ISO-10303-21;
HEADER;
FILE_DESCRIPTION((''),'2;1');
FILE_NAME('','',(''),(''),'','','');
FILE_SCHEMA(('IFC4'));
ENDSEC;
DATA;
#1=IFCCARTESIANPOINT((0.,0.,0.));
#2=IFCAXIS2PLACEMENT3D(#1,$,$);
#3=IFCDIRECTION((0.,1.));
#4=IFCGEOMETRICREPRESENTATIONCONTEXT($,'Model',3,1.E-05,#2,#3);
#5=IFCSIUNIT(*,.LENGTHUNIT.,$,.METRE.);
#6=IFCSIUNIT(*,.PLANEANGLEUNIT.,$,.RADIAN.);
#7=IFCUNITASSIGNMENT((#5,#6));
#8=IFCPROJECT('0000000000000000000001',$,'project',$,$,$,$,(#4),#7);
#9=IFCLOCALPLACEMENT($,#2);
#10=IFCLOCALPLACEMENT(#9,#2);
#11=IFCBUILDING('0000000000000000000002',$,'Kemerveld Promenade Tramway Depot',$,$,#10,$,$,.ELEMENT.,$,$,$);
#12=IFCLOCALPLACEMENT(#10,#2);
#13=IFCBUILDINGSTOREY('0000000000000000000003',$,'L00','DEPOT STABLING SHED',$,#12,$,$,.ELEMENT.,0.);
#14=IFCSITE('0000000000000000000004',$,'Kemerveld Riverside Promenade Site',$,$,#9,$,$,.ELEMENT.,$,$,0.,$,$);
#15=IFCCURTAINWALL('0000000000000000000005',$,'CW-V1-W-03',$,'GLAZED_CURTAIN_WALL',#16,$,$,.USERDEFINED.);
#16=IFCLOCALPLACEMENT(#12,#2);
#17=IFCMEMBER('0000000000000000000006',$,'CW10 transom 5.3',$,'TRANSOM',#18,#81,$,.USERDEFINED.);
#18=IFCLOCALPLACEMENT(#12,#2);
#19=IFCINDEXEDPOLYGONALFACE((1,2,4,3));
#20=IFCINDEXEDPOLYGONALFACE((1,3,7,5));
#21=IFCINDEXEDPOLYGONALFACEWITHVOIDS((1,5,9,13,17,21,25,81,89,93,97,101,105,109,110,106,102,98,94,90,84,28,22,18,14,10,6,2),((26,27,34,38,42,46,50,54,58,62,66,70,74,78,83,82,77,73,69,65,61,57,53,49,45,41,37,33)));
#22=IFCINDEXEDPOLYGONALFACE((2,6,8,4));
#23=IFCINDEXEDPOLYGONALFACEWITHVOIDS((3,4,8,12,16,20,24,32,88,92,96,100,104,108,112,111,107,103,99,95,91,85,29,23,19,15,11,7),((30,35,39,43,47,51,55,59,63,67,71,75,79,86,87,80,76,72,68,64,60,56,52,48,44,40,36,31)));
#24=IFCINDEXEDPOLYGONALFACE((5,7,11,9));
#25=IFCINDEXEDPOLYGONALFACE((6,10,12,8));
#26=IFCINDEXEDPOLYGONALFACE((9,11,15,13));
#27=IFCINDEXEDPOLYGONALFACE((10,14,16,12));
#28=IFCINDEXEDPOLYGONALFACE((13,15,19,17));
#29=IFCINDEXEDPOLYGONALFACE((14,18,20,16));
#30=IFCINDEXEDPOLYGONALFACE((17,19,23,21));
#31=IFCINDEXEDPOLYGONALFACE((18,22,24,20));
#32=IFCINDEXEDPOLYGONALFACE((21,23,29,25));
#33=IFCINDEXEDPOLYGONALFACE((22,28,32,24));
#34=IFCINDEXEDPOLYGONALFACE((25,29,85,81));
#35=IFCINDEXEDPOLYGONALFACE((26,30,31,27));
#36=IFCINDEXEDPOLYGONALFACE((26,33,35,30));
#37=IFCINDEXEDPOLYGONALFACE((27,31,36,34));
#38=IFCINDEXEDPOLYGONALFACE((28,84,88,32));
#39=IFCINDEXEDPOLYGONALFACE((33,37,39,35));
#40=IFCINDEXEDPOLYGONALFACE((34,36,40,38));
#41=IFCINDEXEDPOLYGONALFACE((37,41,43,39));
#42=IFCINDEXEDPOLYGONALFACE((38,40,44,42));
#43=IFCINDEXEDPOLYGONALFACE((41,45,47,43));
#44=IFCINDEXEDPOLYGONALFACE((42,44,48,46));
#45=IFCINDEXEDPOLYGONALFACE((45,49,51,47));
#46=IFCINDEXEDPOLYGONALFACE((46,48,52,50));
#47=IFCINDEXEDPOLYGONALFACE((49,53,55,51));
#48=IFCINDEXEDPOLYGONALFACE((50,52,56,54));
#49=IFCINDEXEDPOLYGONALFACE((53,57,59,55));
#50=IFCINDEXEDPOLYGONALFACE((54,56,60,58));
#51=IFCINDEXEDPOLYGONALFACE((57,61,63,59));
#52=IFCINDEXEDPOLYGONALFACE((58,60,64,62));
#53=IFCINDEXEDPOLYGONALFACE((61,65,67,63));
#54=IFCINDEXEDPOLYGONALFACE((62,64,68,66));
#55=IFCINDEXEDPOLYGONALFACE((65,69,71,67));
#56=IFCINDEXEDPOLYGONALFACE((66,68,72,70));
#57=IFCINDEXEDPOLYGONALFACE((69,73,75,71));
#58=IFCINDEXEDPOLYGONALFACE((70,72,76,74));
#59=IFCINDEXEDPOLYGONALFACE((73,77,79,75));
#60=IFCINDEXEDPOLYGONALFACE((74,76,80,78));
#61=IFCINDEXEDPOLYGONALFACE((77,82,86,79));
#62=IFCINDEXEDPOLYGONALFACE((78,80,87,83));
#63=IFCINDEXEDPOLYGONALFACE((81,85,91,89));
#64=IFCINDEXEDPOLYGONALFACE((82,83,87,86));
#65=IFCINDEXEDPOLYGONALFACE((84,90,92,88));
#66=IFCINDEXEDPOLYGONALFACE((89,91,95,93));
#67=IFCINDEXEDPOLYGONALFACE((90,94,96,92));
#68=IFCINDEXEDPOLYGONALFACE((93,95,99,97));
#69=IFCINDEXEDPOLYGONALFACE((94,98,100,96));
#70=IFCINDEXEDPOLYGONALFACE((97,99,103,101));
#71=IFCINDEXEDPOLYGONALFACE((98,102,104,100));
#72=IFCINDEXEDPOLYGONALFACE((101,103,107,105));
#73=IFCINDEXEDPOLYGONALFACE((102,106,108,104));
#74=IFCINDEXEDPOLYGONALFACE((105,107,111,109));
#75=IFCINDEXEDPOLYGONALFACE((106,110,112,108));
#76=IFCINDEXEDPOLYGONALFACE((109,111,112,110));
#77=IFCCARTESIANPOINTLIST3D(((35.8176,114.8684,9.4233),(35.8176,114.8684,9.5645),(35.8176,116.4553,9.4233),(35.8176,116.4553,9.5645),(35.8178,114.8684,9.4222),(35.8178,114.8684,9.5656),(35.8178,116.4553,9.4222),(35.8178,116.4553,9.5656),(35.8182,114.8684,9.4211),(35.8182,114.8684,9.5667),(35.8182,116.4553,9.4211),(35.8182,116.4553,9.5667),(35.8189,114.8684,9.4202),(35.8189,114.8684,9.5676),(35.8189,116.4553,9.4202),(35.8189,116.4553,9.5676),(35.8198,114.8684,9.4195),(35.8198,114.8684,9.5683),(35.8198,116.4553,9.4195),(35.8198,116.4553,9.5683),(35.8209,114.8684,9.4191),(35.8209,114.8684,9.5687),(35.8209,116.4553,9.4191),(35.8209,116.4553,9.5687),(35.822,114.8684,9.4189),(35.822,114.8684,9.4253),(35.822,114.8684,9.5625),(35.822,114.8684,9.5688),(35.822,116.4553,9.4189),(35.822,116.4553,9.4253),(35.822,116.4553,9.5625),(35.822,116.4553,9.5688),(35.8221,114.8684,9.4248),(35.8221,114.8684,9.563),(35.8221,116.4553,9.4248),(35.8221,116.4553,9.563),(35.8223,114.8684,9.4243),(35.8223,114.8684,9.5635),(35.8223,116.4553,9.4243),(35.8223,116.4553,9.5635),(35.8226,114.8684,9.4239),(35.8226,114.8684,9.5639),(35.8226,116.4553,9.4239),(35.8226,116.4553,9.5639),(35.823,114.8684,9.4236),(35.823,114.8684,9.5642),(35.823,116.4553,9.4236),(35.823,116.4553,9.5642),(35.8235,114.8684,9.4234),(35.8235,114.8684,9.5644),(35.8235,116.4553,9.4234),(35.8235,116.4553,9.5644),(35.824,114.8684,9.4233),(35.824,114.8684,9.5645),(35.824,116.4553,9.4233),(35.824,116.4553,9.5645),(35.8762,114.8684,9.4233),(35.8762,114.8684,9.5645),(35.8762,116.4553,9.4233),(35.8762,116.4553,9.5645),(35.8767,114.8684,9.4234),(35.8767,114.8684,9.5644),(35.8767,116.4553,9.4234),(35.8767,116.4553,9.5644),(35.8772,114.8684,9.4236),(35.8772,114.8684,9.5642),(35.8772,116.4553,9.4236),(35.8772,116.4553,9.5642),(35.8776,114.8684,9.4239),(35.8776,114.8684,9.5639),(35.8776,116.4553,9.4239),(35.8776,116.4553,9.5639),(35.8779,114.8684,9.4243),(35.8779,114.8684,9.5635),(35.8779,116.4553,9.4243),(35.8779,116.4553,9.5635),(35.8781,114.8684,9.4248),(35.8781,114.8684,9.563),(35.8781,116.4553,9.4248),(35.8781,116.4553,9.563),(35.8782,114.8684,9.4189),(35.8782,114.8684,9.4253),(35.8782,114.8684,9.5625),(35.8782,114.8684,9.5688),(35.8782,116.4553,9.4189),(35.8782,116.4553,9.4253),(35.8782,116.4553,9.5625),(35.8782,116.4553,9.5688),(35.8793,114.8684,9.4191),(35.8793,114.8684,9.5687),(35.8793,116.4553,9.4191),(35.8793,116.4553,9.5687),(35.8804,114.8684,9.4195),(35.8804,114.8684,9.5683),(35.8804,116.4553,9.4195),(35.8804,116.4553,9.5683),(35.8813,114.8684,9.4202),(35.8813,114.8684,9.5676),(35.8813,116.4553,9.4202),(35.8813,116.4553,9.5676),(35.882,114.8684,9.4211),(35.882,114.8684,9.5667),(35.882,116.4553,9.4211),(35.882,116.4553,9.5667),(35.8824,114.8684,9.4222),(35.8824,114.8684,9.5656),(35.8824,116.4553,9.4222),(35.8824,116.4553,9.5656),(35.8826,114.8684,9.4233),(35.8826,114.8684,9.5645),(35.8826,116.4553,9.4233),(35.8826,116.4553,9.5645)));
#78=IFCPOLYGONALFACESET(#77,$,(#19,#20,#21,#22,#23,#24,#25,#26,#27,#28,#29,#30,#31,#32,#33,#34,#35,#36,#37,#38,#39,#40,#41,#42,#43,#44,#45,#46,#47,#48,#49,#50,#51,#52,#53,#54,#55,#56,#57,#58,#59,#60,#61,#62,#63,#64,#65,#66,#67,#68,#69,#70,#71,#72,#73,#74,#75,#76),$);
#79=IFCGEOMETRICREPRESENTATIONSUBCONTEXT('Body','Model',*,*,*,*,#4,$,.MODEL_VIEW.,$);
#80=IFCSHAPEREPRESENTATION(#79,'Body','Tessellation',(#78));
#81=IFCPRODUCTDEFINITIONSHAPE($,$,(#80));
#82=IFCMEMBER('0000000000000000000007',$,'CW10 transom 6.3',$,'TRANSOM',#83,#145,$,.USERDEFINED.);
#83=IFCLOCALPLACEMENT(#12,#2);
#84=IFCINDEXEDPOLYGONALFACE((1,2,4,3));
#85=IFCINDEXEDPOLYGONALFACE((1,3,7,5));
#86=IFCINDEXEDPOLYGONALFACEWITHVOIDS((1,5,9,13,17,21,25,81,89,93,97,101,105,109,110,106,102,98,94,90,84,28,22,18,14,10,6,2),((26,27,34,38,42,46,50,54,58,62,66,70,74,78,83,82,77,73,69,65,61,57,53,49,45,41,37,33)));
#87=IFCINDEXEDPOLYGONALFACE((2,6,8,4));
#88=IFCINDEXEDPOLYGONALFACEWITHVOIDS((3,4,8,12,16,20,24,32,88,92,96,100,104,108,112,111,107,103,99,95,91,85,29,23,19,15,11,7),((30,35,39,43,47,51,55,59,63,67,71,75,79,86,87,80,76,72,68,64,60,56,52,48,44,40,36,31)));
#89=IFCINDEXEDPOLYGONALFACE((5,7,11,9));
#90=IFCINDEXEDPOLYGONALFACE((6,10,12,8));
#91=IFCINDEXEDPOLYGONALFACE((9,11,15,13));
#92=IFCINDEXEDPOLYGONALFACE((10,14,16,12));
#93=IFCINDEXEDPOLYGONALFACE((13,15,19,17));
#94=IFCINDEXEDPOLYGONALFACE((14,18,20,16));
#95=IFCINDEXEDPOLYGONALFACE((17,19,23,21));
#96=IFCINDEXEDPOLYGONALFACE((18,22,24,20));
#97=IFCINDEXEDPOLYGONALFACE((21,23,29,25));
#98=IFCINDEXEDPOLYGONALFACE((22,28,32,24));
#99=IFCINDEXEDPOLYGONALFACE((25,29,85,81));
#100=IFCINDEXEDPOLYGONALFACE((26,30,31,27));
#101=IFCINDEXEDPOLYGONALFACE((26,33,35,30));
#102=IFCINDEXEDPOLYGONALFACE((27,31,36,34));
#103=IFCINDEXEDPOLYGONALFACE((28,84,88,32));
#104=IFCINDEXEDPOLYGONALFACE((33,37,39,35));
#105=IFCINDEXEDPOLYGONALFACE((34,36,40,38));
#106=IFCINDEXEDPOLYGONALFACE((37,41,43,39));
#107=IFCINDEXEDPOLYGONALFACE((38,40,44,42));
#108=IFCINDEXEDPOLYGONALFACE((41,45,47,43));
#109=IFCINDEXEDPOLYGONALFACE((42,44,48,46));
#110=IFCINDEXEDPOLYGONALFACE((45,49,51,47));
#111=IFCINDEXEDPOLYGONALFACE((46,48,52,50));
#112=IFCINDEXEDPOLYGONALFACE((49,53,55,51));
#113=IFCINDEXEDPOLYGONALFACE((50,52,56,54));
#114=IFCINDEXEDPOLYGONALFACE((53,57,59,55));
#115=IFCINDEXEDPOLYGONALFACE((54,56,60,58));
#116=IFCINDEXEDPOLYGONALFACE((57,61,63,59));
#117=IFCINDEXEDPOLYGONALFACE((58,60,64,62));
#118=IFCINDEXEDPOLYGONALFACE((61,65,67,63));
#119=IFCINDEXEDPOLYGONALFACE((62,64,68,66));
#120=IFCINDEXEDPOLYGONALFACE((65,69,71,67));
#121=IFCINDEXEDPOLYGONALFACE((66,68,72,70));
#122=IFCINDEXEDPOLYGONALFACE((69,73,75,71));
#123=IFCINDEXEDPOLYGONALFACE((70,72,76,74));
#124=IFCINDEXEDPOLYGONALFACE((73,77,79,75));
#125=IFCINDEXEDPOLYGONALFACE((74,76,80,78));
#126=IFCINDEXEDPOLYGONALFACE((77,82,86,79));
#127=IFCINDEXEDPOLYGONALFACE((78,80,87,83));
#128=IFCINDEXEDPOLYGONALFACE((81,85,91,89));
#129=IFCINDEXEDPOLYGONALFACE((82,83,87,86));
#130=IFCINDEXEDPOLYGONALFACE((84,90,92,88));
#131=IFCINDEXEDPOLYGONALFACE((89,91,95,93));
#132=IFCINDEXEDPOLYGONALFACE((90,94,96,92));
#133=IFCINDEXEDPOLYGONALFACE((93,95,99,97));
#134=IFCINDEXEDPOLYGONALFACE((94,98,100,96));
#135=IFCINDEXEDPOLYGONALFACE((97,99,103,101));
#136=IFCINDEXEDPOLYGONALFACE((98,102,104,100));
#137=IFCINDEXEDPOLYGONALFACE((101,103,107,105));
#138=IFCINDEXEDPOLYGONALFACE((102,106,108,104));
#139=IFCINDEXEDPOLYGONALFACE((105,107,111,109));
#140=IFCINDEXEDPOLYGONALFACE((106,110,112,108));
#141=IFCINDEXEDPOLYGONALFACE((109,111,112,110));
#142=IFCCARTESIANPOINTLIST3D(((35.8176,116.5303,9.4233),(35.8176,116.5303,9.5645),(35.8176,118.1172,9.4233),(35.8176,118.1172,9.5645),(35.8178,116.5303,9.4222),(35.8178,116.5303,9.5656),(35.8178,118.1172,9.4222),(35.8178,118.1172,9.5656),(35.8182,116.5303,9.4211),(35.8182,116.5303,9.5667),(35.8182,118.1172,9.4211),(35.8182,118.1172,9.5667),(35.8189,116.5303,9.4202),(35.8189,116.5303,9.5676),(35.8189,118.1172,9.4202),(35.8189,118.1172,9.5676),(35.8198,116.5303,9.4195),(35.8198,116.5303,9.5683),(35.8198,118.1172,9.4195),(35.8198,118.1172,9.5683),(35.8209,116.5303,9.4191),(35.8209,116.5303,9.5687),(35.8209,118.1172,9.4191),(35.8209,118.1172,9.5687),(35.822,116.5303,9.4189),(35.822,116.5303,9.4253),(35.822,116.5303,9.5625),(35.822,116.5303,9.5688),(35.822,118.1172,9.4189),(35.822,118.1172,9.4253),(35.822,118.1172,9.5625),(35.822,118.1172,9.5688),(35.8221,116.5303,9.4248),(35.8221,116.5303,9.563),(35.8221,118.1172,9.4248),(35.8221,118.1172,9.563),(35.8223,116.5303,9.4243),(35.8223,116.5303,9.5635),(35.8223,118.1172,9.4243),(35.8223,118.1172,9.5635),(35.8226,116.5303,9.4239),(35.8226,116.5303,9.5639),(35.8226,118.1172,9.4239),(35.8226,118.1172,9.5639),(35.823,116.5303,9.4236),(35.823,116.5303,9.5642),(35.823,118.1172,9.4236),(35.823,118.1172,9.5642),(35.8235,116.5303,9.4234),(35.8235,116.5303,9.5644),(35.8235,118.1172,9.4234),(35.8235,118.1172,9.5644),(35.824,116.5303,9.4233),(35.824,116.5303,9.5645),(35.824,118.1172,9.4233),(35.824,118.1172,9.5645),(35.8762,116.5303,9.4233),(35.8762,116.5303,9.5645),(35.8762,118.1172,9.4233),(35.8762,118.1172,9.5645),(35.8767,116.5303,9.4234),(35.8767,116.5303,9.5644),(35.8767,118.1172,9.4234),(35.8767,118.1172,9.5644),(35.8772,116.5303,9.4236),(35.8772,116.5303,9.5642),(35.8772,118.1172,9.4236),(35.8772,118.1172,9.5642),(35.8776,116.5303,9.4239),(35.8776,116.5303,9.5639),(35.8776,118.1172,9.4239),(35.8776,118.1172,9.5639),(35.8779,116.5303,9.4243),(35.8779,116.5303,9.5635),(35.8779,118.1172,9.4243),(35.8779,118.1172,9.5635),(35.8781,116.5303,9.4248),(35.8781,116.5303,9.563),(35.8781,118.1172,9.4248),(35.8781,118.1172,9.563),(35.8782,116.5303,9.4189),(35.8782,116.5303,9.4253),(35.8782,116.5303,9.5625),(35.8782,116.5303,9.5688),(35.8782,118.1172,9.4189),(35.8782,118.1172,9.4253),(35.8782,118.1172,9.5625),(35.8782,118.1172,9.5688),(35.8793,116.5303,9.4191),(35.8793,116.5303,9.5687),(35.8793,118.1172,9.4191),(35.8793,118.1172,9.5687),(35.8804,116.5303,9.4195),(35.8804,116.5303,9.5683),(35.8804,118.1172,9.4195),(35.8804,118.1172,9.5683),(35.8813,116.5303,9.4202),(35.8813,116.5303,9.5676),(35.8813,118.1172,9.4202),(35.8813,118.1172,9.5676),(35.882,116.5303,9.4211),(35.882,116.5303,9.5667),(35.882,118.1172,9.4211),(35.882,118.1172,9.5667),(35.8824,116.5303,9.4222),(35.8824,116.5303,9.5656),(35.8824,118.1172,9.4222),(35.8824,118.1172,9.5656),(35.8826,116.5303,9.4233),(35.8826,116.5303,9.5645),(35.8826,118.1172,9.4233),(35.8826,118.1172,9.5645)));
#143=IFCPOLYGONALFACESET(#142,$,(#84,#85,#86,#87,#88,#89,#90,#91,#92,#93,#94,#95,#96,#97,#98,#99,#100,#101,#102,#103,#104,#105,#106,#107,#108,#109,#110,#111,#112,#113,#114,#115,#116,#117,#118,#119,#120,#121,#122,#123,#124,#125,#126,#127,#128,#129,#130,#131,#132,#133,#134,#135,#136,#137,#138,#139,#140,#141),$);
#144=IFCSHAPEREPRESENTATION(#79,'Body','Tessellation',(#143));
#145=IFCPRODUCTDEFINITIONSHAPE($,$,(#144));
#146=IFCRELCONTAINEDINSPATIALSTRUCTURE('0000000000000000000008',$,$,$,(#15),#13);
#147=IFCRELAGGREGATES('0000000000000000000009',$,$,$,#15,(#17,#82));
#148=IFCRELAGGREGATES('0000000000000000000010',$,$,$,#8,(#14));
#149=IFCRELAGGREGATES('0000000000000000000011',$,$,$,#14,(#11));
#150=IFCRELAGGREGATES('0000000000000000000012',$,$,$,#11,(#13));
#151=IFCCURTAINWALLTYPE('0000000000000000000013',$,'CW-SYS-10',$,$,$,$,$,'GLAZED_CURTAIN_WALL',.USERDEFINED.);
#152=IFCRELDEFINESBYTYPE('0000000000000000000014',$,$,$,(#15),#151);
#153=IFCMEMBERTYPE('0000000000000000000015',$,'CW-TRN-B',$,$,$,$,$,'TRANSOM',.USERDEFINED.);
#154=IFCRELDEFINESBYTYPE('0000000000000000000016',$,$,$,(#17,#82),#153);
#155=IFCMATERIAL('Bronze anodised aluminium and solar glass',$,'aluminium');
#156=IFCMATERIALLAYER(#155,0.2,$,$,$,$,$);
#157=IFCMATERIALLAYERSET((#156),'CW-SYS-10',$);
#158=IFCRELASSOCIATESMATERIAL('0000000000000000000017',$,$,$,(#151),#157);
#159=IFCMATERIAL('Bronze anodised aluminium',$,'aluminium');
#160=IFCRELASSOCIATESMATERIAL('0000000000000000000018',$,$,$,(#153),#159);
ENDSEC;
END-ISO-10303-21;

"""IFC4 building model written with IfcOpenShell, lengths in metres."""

from ifc_helpers import new_model, si_unit, direction, frame, origin, origin_2d, place, context, subcontext, project, spatial, hollow_rectangle, extrude, material, layer, layer_set, material_profile, profile_set, type_object, element, aggregate, save


model = new_model("IFC4")

# Units and contexts
model_context = context("Model", 3, precision=1e-05, world=origin(), true_north=direction((0.0, 1.0)))
body_context = subcontext(model_context, "Body", "Model", "MODEL_VIEW")
ifc_project = project(units=[si_unit("LENGTHUNIT", "METRE"), si_unit("PLANEANGLEUNIT", "RADIAN")], contexts=[model_context])

# Site, building, storey
site_placement = place(None, origin())
site = spatial("IfcSite", under=ifc_project, at=site_placement, Name="Kemerveld Riverside Promenade Site", CompositionType="ELEMENT", RefElevation=0.0)
building_placement = place(site_placement, origin())
building = spatial("IfcBuilding", under=site, at=building_placement, Name="Kemerveld Promenade Tramway Depot", CompositionType="ELEMENT")
storey_placement = place(building_placement, origin())
storey = spatial("IfcBuildingStorey", under=building, at=storey_placement, Name="L00", Description="DEPOT STABLING SHED", CompositionType="ELEMENT", Elevation=0.0)

# Shared definitions
ifc_material_1 = material(Name="Bronze anodised aluminium and solar glass", Category="aluminium")
ifc_material_2 = material(Name="Bronze anodised aluminium", Category="aluminium")

# Curtain wall, members
ifc_layer_1 = layer(ifc_material_1, 0.2)
ifc_layer_set_1 = layer_set([ifc_layer_1], Name="CW-SYS-10")
curtain_wall_type_1 = type_object("IfcCurtainWallType", Name="CW-SYS-10", ElementType="GLAZED_CURTAIN_WALL", PredefinedType="USERDEFINED", material=ifc_layer_set_1)
curtain_wall_1_placement = place(storey_placement, origin())
curtain_wall_1 = element("IfcCurtainWall", 1, at=curtain_wall_1_placement, inside=storey, type_object=curtain_wall_type_1, Name="CW-V1-W-03", ObjectType="GLAZED_CURTAIN_WALL", PredefinedType="USERDEFINED")
ifc_material_profile_1 = material_profile(ifc_material_2, hollow_rectangle(XDim=0.0649, YDim=0.1499, WallThickness=0.0044, InnerFilletRadius=0.002, OuterFilletRadius=0.0044, at=origin_2d()), Name="CW-TRN-150x65")
ifc_profile_set_1 = profile_set([ifc_material_profile_1], Name="Bronze anodised aluminium")
member_type_1 = type_object("IfcMemberType", Name="CW-TRN-B", ElementType="TRANSOM", PredefinedType="USERDEFINED", material=ifc_profile_set_1)
member_1_placement = place(storey_placement, frame((35.8501, 114.8684, 9.4939), z_axis=(0.0, 1.0, 0.0), x_axis=(-1.0, 0.0, 0.0)))
member_1 = element("IfcMember", 2, at=member_1_placement, type_object=member_type_1, Name="CW10 transom 5.3", ObjectType="TRANSOM", PredefinedType="USERDEFINED", context=body_context, shape_type="SweptSolid", body=[
    extrude(hollow_rectangle(XDim=0.0649, YDim=0.1499, WallThickness=0.0044, InnerFilletRadius=0.002, OuterFilletRadius=0.0044, at=origin_2d()), origin(), (0.0, 0.0, 1.0), 1.5869),
])
member_2_placement = place(storey_placement, frame((35.8501, 116.5303, 9.4939), z_axis=(0.0, 1.0, 0.0), x_axis=(-1.0, 0.0, 0.0)))
member_2 = element("IfcMember", 3, at=member_2_placement, type_object=member_type_1, Name="CW10 transom 6.3", ObjectType="TRANSOM", PredefinedType="USERDEFINED", context=body_context, shape_type="SweptSolid", body=[
    extrude(hollow_rectangle(XDim=0.0649, YDim=0.1499, WallThickness=0.0044, InnerFilletRadius=0.002, OuterFilletRadius=0.0044, at=origin_2d()), origin(), (0.0, 0.0, 1.0), 1.5869),
])
aggregate(curtain_wall_1, [member_1, member_2])

save(model, "model.ifc")
